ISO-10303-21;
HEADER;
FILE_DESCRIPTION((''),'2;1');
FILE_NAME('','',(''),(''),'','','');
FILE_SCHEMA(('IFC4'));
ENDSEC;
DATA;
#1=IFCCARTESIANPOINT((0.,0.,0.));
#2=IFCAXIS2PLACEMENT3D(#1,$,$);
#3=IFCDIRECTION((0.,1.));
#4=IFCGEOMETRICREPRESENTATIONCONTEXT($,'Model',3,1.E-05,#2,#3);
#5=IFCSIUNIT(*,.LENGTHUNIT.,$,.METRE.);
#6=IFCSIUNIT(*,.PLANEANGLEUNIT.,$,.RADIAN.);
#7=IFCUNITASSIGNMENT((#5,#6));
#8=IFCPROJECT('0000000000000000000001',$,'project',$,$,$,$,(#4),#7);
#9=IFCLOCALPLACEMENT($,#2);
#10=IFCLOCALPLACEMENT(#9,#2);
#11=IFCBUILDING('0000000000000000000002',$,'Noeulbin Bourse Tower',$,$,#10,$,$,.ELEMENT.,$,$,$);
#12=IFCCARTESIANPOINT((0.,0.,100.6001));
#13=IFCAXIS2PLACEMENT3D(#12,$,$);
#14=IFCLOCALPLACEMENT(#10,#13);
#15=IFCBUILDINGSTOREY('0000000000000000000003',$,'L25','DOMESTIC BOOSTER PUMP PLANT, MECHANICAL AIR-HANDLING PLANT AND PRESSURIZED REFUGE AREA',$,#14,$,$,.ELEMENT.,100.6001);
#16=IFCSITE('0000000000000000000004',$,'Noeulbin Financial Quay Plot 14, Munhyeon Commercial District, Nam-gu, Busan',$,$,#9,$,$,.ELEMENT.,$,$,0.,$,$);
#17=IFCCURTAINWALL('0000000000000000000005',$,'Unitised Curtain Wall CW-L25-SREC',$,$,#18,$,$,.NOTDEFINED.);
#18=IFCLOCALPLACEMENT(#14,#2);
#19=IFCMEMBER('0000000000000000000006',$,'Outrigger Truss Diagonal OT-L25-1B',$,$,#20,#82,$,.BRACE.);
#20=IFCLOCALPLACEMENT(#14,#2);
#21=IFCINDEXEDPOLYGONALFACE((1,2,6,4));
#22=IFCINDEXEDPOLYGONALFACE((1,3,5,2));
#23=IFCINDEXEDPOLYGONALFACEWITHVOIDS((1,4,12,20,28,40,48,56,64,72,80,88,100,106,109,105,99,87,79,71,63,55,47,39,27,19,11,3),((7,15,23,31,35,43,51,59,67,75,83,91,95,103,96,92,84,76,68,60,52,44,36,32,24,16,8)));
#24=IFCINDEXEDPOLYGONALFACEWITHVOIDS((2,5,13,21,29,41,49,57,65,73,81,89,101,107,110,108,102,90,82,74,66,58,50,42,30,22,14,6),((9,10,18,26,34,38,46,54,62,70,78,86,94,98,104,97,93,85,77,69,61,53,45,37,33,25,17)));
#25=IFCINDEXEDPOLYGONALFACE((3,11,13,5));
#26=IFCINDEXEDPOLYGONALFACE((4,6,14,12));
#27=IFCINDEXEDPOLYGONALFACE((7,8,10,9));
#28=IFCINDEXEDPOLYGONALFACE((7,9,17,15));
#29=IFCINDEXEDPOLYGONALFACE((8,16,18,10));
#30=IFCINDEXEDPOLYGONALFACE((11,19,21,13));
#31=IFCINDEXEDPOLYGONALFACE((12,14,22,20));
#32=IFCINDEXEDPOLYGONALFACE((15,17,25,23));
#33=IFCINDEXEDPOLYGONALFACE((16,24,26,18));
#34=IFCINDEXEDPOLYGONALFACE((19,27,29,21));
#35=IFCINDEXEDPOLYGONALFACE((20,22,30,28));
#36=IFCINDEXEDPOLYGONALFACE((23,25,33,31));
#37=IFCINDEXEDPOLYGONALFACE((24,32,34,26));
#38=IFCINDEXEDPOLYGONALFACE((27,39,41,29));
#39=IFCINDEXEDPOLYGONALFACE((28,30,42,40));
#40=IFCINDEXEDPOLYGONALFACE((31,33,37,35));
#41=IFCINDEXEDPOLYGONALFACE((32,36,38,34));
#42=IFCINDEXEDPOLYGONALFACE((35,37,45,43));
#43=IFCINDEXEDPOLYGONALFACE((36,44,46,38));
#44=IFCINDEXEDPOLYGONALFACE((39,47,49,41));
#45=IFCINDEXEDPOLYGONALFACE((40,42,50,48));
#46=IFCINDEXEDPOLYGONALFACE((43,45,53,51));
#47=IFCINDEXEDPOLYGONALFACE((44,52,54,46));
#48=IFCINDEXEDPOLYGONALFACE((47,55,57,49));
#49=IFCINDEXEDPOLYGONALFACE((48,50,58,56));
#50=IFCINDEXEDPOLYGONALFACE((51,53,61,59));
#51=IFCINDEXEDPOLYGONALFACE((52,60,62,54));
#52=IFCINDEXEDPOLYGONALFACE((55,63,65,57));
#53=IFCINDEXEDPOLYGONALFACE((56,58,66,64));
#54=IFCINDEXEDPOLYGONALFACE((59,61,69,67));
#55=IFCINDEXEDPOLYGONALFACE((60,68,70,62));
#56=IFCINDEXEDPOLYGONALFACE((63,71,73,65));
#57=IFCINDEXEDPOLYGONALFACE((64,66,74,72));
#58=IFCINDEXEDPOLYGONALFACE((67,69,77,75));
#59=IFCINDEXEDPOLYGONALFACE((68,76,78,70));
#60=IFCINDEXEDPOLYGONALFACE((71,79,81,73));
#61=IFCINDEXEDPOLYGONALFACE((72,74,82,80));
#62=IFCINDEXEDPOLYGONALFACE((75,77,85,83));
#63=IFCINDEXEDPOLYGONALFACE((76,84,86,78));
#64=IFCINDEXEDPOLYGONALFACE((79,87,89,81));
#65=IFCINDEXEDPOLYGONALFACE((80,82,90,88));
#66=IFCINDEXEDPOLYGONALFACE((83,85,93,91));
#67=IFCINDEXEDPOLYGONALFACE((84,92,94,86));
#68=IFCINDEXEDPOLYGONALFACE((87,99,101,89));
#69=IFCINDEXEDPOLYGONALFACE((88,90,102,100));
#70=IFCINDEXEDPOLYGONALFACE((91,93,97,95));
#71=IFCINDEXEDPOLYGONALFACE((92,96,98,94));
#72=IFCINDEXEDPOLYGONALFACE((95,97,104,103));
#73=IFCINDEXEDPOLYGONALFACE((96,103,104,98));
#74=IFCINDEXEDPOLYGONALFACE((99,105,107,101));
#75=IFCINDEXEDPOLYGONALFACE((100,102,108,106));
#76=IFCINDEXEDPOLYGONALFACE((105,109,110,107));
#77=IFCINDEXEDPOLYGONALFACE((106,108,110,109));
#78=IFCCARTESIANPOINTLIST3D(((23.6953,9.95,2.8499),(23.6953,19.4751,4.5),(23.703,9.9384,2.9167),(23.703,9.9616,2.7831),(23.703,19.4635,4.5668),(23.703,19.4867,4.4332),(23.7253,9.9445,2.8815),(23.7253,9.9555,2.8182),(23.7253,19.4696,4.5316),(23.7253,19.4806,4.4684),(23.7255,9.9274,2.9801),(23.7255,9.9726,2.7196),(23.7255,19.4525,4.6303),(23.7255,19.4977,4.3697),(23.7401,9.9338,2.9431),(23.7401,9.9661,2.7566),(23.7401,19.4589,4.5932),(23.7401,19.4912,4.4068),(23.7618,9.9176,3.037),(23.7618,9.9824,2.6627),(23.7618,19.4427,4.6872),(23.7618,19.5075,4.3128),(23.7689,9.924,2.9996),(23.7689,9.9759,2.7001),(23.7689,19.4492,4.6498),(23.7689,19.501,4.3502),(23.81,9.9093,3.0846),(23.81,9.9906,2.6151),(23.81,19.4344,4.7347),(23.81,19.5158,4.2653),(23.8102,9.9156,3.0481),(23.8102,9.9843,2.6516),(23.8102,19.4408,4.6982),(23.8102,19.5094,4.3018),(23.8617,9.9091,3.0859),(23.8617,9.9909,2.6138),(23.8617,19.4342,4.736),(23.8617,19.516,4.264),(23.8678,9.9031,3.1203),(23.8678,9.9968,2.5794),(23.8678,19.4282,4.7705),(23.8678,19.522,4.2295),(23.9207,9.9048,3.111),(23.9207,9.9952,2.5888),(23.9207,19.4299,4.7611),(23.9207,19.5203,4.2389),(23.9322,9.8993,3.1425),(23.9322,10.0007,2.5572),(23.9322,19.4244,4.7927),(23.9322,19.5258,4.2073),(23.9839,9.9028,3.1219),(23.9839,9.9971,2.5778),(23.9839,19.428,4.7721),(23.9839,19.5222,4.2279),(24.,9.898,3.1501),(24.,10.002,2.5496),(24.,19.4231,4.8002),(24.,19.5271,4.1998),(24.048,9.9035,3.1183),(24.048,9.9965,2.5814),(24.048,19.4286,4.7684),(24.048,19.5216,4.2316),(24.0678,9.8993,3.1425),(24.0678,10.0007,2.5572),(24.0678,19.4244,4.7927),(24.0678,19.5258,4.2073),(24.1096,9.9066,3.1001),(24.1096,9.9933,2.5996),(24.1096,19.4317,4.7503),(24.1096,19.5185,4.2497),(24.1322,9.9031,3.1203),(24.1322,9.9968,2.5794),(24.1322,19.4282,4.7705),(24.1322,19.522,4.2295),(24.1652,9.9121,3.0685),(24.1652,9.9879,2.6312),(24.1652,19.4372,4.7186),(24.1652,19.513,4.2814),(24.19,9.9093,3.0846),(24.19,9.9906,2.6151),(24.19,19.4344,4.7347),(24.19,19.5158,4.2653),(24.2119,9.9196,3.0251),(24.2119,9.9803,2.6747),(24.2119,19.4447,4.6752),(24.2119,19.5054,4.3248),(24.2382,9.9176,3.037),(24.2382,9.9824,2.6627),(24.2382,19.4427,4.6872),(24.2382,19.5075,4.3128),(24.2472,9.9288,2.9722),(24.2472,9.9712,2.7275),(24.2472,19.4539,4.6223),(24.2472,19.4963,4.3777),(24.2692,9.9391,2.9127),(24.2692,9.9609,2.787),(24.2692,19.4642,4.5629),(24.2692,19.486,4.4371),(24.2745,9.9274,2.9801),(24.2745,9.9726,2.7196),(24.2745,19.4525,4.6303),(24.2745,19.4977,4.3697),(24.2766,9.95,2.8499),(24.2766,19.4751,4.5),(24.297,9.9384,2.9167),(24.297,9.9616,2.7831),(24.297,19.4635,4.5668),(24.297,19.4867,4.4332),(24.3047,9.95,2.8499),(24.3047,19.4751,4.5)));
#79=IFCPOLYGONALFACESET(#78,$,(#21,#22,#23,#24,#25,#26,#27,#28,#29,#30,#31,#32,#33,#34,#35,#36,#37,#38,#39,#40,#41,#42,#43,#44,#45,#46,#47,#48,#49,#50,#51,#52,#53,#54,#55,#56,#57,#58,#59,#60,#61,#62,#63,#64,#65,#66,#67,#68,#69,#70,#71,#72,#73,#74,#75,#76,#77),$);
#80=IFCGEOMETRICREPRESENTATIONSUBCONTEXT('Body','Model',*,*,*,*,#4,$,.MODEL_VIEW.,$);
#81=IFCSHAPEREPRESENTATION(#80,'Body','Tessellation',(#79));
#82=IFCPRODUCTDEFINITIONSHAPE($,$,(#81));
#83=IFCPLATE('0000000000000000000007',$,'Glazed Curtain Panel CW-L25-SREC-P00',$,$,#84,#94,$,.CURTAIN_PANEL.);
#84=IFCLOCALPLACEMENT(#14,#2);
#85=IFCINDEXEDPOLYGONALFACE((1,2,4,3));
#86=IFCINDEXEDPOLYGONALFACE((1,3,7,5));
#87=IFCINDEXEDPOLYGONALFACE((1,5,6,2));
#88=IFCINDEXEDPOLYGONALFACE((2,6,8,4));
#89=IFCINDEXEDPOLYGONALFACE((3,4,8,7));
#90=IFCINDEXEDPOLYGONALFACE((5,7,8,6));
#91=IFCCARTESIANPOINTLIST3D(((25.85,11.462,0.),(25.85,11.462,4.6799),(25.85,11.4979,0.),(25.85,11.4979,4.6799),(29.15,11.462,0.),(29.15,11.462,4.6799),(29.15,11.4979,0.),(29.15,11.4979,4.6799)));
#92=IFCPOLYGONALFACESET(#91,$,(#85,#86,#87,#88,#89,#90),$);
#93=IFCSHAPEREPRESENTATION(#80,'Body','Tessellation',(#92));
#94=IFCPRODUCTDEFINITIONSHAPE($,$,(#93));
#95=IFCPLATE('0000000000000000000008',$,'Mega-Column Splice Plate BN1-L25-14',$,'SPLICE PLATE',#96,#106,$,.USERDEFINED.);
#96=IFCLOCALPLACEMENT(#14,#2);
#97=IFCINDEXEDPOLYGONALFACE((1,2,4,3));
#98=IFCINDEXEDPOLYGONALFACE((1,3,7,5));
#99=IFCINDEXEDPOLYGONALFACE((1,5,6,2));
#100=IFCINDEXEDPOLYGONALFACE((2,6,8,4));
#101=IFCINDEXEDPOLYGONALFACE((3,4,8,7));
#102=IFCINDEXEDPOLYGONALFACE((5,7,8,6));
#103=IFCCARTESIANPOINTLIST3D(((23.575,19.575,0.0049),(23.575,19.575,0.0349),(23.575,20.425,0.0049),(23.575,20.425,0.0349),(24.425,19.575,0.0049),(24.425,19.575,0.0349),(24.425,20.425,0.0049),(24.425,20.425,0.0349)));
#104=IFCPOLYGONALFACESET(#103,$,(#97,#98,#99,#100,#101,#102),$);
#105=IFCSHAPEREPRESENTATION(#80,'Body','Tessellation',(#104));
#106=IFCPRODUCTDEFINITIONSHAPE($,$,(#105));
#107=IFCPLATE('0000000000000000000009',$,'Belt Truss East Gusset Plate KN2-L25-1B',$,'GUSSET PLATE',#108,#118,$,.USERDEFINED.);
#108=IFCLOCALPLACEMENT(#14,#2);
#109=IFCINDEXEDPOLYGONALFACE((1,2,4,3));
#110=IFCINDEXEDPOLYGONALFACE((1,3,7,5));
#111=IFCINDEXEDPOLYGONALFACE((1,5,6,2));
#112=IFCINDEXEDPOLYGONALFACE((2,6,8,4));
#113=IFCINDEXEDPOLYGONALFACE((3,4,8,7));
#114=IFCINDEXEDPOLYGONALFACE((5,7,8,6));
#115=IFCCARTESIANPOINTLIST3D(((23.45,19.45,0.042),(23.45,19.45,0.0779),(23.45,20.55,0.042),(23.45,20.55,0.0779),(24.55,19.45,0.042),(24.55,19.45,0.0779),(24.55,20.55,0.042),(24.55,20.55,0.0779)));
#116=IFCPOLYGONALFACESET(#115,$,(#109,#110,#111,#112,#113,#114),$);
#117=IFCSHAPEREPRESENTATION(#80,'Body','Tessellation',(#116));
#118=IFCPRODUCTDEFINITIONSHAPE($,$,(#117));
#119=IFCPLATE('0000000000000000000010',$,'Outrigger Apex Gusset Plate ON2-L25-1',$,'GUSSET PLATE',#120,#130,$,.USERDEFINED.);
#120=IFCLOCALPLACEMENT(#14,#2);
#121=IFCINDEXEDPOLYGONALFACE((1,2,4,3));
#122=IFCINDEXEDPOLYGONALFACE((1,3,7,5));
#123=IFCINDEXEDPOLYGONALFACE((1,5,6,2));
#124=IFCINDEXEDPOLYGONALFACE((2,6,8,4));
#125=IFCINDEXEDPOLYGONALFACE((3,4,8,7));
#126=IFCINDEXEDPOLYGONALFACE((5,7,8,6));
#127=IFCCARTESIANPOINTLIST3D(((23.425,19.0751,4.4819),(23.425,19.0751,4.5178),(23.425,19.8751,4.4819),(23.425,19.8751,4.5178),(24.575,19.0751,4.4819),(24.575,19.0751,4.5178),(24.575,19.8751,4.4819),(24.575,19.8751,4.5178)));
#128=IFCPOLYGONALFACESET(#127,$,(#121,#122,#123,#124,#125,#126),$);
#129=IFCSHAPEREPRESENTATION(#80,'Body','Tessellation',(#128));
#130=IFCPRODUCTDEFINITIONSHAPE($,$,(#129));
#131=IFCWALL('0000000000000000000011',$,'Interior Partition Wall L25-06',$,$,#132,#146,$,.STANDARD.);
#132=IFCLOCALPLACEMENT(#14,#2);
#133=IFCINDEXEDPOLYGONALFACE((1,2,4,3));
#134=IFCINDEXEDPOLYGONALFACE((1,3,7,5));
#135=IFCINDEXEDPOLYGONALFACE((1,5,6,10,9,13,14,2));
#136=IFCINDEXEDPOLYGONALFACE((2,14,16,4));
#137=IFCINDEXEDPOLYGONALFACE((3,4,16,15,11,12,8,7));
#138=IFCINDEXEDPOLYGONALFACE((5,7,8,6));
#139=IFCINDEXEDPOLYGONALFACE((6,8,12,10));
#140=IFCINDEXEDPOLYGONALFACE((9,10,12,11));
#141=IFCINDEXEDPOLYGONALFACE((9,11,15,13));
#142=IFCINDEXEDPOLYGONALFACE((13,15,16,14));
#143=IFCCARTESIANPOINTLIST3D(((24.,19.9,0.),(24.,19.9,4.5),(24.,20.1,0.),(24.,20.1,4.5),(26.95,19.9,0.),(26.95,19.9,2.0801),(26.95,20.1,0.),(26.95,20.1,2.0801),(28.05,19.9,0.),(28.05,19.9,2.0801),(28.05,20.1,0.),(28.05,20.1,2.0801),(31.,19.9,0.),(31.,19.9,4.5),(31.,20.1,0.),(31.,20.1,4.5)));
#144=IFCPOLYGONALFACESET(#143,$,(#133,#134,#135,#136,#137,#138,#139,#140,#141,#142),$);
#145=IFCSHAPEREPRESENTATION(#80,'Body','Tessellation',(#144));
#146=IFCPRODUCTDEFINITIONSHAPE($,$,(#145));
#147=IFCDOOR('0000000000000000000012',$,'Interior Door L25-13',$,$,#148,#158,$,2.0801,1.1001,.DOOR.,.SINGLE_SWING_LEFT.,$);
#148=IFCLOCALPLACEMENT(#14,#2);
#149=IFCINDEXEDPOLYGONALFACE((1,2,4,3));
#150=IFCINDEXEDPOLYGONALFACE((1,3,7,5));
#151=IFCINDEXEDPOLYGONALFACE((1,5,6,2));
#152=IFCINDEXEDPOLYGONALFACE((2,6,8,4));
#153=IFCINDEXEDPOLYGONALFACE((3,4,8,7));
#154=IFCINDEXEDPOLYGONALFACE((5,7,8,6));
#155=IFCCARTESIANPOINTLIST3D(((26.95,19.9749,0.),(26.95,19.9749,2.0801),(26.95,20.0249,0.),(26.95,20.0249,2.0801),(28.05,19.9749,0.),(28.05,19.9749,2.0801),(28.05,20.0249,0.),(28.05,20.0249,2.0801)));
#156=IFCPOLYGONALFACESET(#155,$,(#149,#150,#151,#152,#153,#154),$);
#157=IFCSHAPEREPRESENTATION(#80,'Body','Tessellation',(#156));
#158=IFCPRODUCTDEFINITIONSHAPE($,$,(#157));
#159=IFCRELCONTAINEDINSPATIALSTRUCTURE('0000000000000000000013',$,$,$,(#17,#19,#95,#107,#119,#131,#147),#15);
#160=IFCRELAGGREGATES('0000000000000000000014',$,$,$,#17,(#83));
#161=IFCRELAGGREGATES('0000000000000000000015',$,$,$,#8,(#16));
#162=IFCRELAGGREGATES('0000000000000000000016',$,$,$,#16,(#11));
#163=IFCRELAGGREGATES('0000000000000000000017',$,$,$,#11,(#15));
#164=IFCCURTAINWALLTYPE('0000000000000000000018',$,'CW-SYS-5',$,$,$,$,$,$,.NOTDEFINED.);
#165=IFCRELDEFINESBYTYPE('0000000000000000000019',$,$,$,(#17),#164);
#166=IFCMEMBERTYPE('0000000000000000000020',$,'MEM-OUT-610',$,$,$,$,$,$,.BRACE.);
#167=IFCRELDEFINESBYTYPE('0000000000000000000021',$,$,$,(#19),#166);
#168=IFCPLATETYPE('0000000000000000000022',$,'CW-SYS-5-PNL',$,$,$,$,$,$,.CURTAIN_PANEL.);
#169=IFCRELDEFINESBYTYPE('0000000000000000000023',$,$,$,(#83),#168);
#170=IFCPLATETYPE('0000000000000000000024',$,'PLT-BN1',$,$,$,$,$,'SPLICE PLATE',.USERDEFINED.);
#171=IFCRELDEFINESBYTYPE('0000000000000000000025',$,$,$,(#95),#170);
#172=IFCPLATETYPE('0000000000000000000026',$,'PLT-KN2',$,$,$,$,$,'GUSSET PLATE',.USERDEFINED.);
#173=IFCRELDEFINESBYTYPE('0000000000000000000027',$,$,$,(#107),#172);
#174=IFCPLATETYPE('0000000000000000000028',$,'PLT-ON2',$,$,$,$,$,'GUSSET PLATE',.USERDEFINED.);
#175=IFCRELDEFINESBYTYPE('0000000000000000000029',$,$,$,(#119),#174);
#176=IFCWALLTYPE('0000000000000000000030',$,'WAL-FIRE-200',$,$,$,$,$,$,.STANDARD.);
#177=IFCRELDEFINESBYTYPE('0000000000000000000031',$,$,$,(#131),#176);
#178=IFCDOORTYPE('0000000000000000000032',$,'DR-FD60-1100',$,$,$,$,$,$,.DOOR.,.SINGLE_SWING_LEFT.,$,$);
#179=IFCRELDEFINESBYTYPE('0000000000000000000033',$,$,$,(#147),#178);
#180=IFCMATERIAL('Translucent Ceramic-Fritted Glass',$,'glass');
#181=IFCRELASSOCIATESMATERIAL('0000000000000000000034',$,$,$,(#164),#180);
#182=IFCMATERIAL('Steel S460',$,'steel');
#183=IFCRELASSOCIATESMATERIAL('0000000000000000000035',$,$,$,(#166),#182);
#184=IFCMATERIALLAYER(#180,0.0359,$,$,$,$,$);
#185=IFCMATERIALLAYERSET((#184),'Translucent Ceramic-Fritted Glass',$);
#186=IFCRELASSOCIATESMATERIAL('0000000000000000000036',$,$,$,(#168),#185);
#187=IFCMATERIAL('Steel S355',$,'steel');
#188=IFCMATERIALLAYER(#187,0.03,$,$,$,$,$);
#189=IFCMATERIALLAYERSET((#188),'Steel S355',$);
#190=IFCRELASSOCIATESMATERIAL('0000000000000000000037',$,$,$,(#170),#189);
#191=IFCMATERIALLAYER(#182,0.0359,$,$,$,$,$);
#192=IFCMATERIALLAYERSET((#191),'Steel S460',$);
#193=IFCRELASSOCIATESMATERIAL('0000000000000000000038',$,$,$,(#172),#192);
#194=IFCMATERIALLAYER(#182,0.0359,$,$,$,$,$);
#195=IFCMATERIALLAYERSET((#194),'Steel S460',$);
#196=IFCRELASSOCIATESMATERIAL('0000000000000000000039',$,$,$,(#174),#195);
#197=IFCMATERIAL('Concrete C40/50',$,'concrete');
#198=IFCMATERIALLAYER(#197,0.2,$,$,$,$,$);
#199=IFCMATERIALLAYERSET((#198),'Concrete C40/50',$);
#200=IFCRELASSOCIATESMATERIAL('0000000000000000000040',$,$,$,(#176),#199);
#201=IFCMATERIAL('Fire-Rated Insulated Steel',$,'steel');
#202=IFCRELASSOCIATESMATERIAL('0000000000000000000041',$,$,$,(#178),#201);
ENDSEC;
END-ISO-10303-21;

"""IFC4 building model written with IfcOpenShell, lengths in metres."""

from ifc_helpers import new_model, si_unit, direction, frame, frame_2d, origin, origin_2d, place, context, subcontext, project, spatial, rectangle, hollow_circle, extrude, material, layer, layer_set, material_profile, profile_set, type_object, element, fill, aggregate, save


model = new_model("IFC4")

# Units and contexts
model_context = context("Model", 3, precision=1e-05, world=origin(), true_north=direction((0.0, 1.0)))
body_context = subcontext(model_context, "Body", "Model", "MODEL_VIEW")
ifc_project = project(units=[si_unit("LENGTHUNIT", "METRE"), si_unit("PLANEANGLEUNIT", "RADIAN")], contexts=[model_context])

# Site, building, storey
site_placement = place(None, origin())
site = spatial("IfcSite", under=ifc_project, at=site_placement, Name="Noeulbin Financial Quay Plot 14, Munhyeon Commercial District, Nam-gu, Busan", CompositionType="ELEMENT", RefElevation=0.0)
building_placement = place(site_placement, origin())
building = spatial("IfcBuilding", under=site, at=building_placement, Name="Noeulbin Bourse Tower", CompositionType="ELEMENT")
storey_placement = place(building_placement, frame((0.0, 0.0, 100.6001)))
storey = spatial("IfcBuildingStorey", under=building, at=storey_placement, Name="L25", Description="DOMESTIC BOOSTER PUMP PLANT, MECHANICAL AIR-HANDLING PLANT AND PRESSURIZED REFUGE AREA", CompositionType="ELEMENT", Elevation=100.6001)

# Shared definitions
ifc_material_1 = material(Name="Steel S460", Category="steel")

# Shared definitions
ifc_material_2 = material(Name="Steel S355", Category="steel")

# Curtain wall
ifc_material_3 = material(Name="Translucent Ceramic-Fritted Glass", Category="glass")
curtain_wall_type = type_object("IfcCurtainWallType", Name="CW-SYS-5", PredefinedType="NOTDEFINED", material=ifc_material_3)
curtain_wall_placement = place(storey_placement, origin())
curtain_wall = element("IfcCurtainWall", 1, at=curtain_wall_placement, inside=storey, type_object=curtain_wall_type, Name="Unitised Curtain Wall CW-L25-SREC", PredefinedType="NOTDEFINED")

# Member
ifc_material_profile_1 = material_profile(ifc_material_1, hollow_circle(Radius=0.3047, WallThickness=0.0281, at=origin_2d()), Name="CHS-609.6x28.0", Category="LoadBearing")
ifc_profile_set_1 = profile_set([ifc_material_profile_1], Name="Steel S460")
member_type_1 = type_object("IfcMemberType", Name="MEM-OUT-610", PredefinedType="BRACE", material=ifc_profile_set_1)
member_1_placement = place(storey_placement, frame((24.0, 19.4751, 4.5), z_axis=(0.0, -0.985323, -0.170698), x_axis=(1.0, 0.0, 0.0)))
element("IfcMember", 2, at=member_1_placement, inside=storey, type_object=member_type_1, Name="Outrigger Truss Diagonal OT-L25-1B", PredefinedType="BRACE", context=body_context, shape_type="SweptSolid", body=[
    extrude(hollow_circle(Radius=0.3047, WallThickness=0.0281, at=origin_2d()), origin(), (0.0, 0.0, 1.0), 9.667),
])

# Plate
ifc_layer_1 = layer(ifc_material_3, 0.0359)
ifc_layer_set_1 = layer_set([ifc_layer_1], Name="Translucent Ceramic-Fritted Glass")
plate_type_1 = type_object("IfcPlateType", Name="CW-SYS-5-PNL", PredefinedType="CURTAIN_PANEL", material=ifc_layer_set_1)
plate_1_placement = place(storey_placement, frame((27.5, 11.48, 0.0), z_axis=(0.0, 0.0, 1.0), x_axis=(1.0, 0.0, 0.0)))
plate_1 = element("IfcPlate", 3, at=plate_1_placement, type_object=plate_type_1, Name="Glazed Curtain Panel CW-L25-SREC-P00", PredefinedType="CURTAIN_PANEL", context=body_context, shape_type="SweptSolid", body=[
    extrude(rectangle(XDim=3.3, YDim=0.0359, at=origin_2d()), origin(), (0.0, 0.0, 1.0), 4.6799),
])
aggregate(curtain_wall, [plate_1])

# Plates
ifc_layer_2 = layer(ifc_material_2, 0.03)
ifc_layer_set_2 = layer_set([ifc_layer_2], Name="Steel S355")
plate_type_2 = type_object("IfcPlateType", Name="PLT-BN1", ElementType="SPLICE PLATE", PredefinedType="USERDEFINED", material=ifc_layer_set_2)
plate_2_placement = place(storey_placement, frame((24.0, 20.0, 0.0049), z_axis=(0.0, 0.0, 1.0), x_axis=(1.0, 0.0, 0.0)))
element("IfcPlate", 4, at=plate_2_placement, inside=storey, type_object=plate_type_2, Name="Mega-Column Splice Plate BN1-L25-14", ObjectType="SPLICE PLATE", PredefinedType="USERDEFINED", context=body_context, shape_type="SweptSolid", body=[
    extrude(rectangle(XDim=0.8501, YDim=0.8501, at=origin_2d()), origin(), (0.0, 0.0, 1.0), 0.03),
])
ifc_layer_3 = layer(ifc_material_1, 0.0359)
ifc_layer_set_3 = layer_set([ifc_layer_3], Name="Steel S460")
plate_type_3 = type_object("IfcPlateType", Name="PLT-KN2", ElementType="GUSSET PLATE", PredefinedType="USERDEFINED", material=ifc_layer_set_3)
plate_3_placement = place(storey_placement, frame((24.0, 20.0, 0.042), z_axis=(0.0, 0.0, 1.0), x_axis=(1.0, 0.0, 0.0)))
element("IfcPlate", 5, at=plate_3_placement, inside=storey, type_object=plate_type_3, Name="Belt Truss East Gusset Plate KN2-L25-1B", ObjectType="GUSSET PLATE", PredefinedType="USERDEFINED", context=body_context, shape_type="SweptSolid", body=[
    extrude(rectangle(XDim=1.1001, YDim=1.1001, at=origin_2d()), origin(), (0.0, 0.0, 1.0), 0.0359),
])
ifc_layer_4 = layer(ifc_material_1, 0.0359)
ifc_layer_set_4 = layer_set([ifc_layer_4], Name="Steel S460")
plate_type_4 = type_object("IfcPlateType", Name="PLT-ON2", ElementType="GUSSET PLATE", PredefinedType="USERDEFINED", material=ifc_layer_set_4)
plate_4_placement = place(storey_placement, frame((24.0, 19.4751, 4.4819), z_axis=(0.0, 0.0, 1.0), x_axis=(1.0, 0.0, 0.0)))
element("IfcPlate", 6, at=plate_4_placement, inside=storey, type_object=plate_type_4, Name="Outrigger Apex Gusset Plate ON2-L25-1", ObjectType="GUSSET PLATE", PredefinedType="USERDEFINED", context=body_context, shape_type="SweptSolid", body=[
    extrude(rectangle(XDim=1.1499, YDim=0.8, at=origin_2d()), origin(), (0.0, 0.0, 1.0), 0.0359),
])

# Wall, opening, door
ifc_material_4 = material(Name="Concrete C40/50", Category="concrete")
ifc_layer_5 = layer(ifc_material_4, 0.2)
ifc_layer_set_5 = layer_set([ifc_layer_5], Name="Concrete C40/50")
wall_type = type_object("IfcWallType", Name="WAL-FIRE-200", PredefinedType="STANDARD", material=ifc_layer_set_5)
wall_placement = place(storey_placement, frame((24.0, 20.0, 0.0), z_axis=(0.0, 0.0, 1.0), x_axis=(1.0, 0.0, 0.0)))
wall = element("IfcWall", 7, at=wall_placement, inside=storey, type_object=wall_type, Name="Interior Partition Wall L25-06", PredefinedType="STANDARD", context=body_context, shape_type="SweptSolid", body=[
    extrude(rectangle(XDim=7.0, YDim=0.2, at=frame_2d((3.5, 0.0))), origin(), (0.0, 0.0, 1.0), 4.5),
])
opening_placement = place(wall_placement, frame((2.95, 0.0, 0.0)))
opening = element("IfcOpeningElement", 8, at=opening_placement, cuts=wall, PredefinedType="OPENING", context=body_context, shape_type="SweptSolid", body=[
    extrude(rectangle(XDim=1.1001, YDim=2.0801, at=frame_2d((0.55, 1.04))), frame((0.0, 0.1099, 0.0), z_axis=(0.0, -1.0, 0.0), x_axis=(1.0, 0.0, 0.0)), (0.0, 0.0, 1.0), 0.22),
])
ifc_material_5 = material(Name="Fire-Rated Insulated Steel", Category="steel")
door_type = type_object("IfcDoorType", Name="DR-FD60-1100", OperationType="SINGLE_SWING_LEFT", PredefinedType="DOOR", material=ifc_material_5)
door_placement = place(opening_placement, origin())
door = element("IfcDoor", 9, at=door_placement, inside=storey, type_object=door_type, Name="Interior Door L25-13", OperationType="SINGLE_SWING_LEFT", OverallHeight=2.0801, OverallWidth=1.1001, PredefinedType="DOOR", context=body_context, shape_type="SweptSolid", body=[
    extrude(rectangle(XDim=1.1001, YDim=2.0801, at=frame_2d((0.55, 1.04))), frame((0.0, 0.0249, 0.0), z_axis=(0.0, -1.0, 0.0), x_axis=(1.0, 0.0, 0.0)), (0.0, 0.0, 1.0), 0.05),
])
fill(opening, door)

save(model, "model.ifc")
